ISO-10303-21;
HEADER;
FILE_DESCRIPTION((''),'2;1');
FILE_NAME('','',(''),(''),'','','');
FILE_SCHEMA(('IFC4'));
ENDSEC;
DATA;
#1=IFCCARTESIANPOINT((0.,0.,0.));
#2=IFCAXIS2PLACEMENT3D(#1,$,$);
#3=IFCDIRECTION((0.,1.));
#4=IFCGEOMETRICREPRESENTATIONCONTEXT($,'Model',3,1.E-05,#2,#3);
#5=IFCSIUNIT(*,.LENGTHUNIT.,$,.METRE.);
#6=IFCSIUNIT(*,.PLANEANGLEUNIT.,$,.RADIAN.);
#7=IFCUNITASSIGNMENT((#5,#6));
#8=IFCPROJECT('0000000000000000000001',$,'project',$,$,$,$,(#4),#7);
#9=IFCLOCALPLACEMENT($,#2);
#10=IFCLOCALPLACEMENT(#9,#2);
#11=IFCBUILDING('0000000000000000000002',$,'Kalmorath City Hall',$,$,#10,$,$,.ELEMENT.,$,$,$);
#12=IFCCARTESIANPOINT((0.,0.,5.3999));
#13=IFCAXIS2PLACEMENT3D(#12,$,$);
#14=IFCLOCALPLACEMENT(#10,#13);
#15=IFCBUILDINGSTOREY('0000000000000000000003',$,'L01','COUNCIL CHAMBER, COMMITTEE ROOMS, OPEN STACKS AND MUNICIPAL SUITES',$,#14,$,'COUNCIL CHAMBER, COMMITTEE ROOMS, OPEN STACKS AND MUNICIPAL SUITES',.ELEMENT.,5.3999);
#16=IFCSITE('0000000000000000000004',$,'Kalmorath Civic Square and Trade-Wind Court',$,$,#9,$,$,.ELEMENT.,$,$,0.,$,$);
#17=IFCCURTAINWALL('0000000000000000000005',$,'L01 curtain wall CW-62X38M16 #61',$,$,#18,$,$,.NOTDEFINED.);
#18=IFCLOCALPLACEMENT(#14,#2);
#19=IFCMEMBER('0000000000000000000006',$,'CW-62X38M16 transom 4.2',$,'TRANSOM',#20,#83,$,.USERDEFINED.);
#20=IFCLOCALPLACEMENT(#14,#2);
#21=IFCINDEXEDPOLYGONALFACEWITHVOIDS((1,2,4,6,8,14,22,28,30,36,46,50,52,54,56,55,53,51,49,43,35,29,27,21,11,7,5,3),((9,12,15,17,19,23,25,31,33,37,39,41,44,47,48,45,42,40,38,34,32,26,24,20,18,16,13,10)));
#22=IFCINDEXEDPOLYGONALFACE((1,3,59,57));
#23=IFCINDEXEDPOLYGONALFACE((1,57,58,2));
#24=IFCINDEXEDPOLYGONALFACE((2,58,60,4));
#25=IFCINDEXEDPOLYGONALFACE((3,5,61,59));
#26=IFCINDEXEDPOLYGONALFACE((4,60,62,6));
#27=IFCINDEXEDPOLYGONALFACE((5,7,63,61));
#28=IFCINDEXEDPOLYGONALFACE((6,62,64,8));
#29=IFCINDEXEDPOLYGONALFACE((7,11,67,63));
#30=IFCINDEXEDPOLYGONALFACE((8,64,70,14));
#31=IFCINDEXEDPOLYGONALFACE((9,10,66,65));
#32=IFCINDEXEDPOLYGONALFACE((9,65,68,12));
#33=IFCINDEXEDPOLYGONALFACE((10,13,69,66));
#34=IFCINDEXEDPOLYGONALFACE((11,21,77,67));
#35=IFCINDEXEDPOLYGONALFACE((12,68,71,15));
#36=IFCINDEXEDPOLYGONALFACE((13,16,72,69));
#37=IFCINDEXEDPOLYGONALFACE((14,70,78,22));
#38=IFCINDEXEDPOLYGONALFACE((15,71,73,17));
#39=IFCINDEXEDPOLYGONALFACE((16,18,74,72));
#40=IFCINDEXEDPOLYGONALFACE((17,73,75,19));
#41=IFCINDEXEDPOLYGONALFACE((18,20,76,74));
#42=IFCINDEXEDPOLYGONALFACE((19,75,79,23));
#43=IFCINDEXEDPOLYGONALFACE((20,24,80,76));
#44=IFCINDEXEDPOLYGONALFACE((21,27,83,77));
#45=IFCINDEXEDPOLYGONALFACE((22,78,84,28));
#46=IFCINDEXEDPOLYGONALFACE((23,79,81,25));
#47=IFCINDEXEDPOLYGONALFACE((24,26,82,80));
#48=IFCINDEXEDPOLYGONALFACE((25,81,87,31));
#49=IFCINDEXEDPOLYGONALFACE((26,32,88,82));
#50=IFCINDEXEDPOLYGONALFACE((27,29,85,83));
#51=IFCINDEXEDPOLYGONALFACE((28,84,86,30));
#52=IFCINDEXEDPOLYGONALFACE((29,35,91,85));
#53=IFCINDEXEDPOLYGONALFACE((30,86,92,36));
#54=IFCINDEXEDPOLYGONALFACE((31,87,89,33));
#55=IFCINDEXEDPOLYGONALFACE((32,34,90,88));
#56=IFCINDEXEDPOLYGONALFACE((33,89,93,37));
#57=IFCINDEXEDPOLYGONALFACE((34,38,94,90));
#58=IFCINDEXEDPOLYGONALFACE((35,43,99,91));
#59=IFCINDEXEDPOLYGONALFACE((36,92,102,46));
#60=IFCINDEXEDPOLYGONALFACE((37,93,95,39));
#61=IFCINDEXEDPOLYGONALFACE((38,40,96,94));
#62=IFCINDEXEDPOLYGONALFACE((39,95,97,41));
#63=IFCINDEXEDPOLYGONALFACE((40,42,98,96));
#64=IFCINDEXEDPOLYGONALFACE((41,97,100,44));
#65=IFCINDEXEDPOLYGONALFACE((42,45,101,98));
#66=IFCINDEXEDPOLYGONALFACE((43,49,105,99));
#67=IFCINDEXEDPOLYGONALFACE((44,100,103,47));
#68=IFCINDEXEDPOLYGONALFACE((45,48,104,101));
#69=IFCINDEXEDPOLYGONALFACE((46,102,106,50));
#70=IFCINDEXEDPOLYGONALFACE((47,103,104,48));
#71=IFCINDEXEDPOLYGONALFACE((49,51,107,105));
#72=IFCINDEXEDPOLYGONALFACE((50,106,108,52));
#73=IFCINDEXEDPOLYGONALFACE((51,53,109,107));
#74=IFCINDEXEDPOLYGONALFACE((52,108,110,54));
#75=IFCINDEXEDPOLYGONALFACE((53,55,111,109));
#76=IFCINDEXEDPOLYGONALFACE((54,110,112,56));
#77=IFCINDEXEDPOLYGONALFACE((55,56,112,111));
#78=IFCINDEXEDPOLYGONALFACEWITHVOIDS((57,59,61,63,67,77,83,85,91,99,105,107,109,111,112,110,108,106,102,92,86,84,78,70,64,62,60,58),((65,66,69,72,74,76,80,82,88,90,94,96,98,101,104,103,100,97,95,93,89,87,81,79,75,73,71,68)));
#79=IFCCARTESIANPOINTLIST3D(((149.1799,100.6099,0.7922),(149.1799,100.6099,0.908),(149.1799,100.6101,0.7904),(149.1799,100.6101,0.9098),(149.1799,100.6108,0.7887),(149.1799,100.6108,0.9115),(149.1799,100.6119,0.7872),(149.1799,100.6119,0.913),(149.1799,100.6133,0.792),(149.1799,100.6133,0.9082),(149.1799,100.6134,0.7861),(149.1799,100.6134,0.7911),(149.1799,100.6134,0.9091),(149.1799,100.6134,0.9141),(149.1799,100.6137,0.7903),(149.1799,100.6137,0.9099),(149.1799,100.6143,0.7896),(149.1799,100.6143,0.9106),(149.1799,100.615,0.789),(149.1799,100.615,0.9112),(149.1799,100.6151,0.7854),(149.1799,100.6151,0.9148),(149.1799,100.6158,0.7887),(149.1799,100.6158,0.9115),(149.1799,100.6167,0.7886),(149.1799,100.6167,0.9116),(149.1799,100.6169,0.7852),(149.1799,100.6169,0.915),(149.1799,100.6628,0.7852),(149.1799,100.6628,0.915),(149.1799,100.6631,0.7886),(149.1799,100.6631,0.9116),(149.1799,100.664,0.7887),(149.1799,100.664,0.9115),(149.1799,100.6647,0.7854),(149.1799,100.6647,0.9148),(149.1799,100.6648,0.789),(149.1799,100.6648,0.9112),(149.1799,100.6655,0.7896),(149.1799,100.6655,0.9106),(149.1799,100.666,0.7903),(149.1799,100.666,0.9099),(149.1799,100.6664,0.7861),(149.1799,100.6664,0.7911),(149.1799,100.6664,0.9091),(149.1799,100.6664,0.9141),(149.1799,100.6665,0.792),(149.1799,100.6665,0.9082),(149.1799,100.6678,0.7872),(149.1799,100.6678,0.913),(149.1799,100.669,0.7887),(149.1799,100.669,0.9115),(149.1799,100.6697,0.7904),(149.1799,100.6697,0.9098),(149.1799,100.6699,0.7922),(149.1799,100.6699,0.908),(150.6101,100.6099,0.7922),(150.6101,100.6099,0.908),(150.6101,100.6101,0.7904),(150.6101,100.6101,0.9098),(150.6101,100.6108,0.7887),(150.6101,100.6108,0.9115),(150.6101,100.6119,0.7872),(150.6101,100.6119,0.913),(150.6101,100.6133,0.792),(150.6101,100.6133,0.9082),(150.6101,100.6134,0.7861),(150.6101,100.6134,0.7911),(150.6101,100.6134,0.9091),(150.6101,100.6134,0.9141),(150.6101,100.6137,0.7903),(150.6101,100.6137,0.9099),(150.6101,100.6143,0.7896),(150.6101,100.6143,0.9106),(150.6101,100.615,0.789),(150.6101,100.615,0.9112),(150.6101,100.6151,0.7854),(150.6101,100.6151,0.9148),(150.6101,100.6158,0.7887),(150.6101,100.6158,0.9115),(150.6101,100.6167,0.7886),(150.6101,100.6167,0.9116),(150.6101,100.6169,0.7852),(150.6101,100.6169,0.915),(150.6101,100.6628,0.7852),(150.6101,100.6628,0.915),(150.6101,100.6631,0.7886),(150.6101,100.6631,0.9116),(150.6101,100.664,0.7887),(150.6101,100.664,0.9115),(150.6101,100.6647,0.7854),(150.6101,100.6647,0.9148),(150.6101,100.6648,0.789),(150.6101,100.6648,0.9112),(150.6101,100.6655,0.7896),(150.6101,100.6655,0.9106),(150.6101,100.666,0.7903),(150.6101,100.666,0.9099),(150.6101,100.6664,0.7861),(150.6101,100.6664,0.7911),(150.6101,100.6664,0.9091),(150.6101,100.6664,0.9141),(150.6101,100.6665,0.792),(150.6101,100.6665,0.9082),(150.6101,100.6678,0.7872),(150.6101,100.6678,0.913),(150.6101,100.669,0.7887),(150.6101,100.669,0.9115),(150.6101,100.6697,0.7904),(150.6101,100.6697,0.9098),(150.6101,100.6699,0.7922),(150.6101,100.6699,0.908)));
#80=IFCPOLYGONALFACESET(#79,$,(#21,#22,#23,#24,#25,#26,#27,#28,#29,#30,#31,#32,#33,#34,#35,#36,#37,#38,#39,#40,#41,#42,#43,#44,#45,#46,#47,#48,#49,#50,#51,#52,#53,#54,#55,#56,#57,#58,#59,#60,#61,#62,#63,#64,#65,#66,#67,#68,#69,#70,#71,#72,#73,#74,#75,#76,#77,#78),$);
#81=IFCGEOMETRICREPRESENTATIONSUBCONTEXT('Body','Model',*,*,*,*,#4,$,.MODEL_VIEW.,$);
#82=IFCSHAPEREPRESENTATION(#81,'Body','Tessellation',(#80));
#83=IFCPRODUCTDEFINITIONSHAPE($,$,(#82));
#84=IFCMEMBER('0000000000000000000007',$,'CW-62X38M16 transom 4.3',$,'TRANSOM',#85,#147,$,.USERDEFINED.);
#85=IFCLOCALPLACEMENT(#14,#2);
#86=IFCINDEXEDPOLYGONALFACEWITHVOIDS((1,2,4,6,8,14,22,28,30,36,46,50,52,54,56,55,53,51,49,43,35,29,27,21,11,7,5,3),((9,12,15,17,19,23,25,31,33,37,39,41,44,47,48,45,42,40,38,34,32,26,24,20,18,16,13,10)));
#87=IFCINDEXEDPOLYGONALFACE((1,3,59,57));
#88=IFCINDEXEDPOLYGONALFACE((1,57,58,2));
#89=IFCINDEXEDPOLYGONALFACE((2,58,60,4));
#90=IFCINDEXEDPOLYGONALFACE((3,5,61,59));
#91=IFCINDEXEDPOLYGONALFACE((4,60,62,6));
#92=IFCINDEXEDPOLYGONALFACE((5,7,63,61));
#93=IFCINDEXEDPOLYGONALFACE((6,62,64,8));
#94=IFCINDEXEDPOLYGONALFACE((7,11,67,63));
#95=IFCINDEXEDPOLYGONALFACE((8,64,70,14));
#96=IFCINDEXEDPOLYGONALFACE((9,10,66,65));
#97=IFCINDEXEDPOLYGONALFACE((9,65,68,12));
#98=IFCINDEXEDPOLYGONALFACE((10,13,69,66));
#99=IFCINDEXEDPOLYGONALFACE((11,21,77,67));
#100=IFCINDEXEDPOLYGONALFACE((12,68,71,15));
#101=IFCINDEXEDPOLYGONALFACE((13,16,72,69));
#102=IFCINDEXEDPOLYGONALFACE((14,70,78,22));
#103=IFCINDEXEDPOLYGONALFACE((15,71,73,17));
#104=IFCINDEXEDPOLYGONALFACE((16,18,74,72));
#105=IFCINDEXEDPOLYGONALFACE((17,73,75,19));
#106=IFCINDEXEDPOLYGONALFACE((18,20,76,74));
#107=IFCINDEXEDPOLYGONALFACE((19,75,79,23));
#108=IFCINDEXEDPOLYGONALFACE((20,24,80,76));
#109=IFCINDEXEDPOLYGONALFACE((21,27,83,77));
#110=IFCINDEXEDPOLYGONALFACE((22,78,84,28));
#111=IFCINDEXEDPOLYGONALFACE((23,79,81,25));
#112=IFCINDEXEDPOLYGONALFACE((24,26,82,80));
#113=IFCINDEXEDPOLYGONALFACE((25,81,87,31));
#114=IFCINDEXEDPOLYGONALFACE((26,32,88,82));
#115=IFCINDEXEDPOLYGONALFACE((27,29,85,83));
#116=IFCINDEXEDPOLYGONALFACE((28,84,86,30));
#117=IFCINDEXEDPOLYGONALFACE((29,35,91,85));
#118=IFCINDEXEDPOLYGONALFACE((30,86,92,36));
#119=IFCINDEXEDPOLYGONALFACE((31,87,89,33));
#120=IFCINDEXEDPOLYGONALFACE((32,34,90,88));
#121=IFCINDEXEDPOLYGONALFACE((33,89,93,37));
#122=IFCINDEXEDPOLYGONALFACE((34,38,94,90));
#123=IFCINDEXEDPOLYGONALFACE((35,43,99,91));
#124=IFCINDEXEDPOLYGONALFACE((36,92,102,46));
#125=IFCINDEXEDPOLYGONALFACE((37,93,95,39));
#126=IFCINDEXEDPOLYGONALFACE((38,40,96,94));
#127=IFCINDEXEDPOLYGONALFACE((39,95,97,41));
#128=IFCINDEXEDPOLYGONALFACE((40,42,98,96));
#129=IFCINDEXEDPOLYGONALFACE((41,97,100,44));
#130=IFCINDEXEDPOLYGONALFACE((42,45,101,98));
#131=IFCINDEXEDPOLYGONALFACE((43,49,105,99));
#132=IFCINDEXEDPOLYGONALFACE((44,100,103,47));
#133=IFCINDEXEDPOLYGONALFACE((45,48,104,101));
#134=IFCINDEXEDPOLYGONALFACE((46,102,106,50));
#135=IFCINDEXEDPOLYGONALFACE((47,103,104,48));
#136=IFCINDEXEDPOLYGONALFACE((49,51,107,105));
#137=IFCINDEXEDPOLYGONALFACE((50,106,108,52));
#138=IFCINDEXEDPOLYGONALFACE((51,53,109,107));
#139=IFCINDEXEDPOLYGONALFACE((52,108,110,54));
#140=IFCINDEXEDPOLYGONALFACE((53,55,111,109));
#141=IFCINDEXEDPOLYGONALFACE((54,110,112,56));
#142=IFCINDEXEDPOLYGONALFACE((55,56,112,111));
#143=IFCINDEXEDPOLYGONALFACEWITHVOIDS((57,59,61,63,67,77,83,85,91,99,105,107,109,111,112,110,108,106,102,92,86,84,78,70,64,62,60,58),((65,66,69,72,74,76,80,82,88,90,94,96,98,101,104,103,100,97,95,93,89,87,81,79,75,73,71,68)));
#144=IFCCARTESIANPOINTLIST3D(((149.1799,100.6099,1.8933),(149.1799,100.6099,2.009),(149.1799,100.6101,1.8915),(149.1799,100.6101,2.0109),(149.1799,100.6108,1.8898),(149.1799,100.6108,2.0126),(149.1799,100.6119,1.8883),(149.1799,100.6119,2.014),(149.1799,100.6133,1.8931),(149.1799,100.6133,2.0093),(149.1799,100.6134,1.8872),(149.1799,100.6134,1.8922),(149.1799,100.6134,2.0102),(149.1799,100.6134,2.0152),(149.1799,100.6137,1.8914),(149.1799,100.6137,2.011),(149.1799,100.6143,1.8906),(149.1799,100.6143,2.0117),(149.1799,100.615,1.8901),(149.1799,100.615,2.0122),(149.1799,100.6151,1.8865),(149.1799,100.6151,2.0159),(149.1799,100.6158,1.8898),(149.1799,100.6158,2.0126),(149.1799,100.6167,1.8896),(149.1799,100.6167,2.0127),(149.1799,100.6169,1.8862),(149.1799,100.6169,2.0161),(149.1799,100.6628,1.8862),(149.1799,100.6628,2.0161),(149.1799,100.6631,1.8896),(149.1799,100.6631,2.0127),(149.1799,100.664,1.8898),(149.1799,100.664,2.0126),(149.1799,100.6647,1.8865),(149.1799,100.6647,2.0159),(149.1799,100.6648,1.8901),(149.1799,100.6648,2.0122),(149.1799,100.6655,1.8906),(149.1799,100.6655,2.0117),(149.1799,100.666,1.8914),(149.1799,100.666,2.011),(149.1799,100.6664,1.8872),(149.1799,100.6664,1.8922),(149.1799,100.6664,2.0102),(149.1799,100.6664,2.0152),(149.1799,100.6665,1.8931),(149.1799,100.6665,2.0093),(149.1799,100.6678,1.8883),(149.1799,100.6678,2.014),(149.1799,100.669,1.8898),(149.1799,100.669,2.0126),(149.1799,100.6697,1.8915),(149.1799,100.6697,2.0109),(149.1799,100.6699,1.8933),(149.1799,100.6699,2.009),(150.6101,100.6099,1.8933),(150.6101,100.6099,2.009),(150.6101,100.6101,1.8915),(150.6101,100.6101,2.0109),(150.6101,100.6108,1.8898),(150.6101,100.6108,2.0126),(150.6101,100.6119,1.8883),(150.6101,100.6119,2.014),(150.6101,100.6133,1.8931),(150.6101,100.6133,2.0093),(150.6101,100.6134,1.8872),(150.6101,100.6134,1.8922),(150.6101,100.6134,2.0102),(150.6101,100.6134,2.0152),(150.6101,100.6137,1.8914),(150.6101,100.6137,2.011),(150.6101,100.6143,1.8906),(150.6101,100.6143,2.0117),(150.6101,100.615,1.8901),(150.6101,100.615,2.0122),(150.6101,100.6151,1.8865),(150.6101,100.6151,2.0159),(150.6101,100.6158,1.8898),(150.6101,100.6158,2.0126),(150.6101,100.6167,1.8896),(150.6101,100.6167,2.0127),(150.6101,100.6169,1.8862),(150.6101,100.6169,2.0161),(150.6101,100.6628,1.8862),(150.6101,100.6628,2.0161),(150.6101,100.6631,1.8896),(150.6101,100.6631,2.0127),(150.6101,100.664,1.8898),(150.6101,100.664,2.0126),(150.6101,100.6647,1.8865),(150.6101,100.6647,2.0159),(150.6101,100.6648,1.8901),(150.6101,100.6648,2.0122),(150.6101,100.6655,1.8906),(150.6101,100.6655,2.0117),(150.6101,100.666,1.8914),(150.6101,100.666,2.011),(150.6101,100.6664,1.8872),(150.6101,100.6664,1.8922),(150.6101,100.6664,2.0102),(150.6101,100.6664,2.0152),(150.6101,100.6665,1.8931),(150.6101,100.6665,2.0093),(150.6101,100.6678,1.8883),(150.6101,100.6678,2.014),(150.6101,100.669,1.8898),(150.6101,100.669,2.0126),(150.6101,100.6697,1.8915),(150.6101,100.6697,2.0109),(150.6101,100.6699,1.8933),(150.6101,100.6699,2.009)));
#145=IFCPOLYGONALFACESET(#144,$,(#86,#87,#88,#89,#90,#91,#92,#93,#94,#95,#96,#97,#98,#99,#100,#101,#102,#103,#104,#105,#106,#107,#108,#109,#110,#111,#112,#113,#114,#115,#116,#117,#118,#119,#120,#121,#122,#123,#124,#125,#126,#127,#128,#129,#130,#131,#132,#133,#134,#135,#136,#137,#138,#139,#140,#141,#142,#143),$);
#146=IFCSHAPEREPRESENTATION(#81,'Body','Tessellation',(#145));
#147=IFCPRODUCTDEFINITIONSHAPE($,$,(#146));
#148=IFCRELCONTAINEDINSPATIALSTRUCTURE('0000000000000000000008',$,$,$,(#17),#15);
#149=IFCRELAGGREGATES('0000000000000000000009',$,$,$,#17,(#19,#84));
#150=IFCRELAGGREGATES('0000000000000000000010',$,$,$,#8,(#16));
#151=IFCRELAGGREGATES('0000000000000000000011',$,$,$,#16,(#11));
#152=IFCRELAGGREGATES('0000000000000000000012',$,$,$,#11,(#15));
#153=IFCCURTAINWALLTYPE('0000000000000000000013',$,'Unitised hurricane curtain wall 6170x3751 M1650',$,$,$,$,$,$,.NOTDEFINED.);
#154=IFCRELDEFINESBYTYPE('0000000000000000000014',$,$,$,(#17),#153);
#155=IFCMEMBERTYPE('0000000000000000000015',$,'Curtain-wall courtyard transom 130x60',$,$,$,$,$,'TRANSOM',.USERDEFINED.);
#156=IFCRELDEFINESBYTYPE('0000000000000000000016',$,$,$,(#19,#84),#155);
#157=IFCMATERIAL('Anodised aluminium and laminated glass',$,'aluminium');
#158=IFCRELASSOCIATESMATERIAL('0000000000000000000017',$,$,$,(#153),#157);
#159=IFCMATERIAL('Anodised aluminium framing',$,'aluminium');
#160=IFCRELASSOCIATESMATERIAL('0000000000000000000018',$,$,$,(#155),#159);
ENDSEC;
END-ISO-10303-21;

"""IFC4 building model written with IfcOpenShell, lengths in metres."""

from ifc_helpers import new_model, si_unit, direction, frame, origin, origin_2d, place, context, subcontext, project, spatial, hollow_rectangle, extrude, material, material_profile, profile_set, type_object, element, aggregate, save


model = new_model("IFC4")

# Units and contexts
model_context = context("Model", 3, precision=1e-05, world=origin(), true_north=direction((0.0, 1.0)))
body_context = subcontext(model_context, "Body", "Model", "MODEL_VIEW")
ifc_project = project(units=[si_unit("LENGTHUNIT", "METRE"), si_unit("PLANEANGLEUNIT", "RADIAN")], contexts=[model_context])

# Site, building, storey
site_placement = place(None, origin())
site = spatial("IfcSite", under=ifc_project, at=site_placement, Name="Kalmorath Civic Square and Trade-Wind Court", CompositionType="ELEMENT", RefElevation=0.0)
building_placement = place(site_placement, origin())
building = spatial("IfcBuilding", under=site, at=building_placement, Name="Kalmorath City Hall", CompositionType="ELEMENT")
storey_placement = place(building_placement, frame((0.0, 0.0, 5.3999)))
storey = spatial("IfcBuildingStorey", under=building, at=storey_placement, Name="L01", Description="COUNCIL CHAMBER, COMMITTEE ROOMS, OPEN STACKS AND MUNICIPAL SUITES", LongName="COUNCIL CHAMBER, COMMITTEE ROOMS, OPEN STACKS AND MUNICIPAL SUITES", CompositionType="ELEMENT", Elevation=5.3999)

# Curtain wall, members
ifc_material_1 = material(Name="Anodised aluminium and laminated glass", Category="aluminium")
curtain_wall_type = type_object("IfcCurtainWallType", Name="Unitised hurricane curtain wall 6170x3751 M1650", PredefinedType="NOTDEFINED", material=ifc_material_1)
curtain_wall_placement = place(storey_placement, origin())
curtain_wall = element("IfcCurtainWall", 1, at=curtain_wall_placement, inside=storey, type_object=curtain_wall_type, Name="L01 curtain wall CW-62X38M16 #61", PredefinedType="NOTDEFINED")
ifc_material_2 = material(Name="Anodised aluminium framing", Category="aluminium")
ifc_material_profile_1 = material_profile(ifc_material_2, hollow_rectangle(XDim=0.0601, YDim=0.1299, WallThickness=0.0034, InnerFilletRadius=0.0034, OuterFilletRadius=0.0071, at=origin_2d()), Name="ALU-TRN-130X60X3.5")
ifc_profile_set_1 = profile_set([ifc_material_profile_1], Name="Anodised aluminium framing")
member_type_1 = type_object("IfcMemberType", Name="Curtain-wall courtyard transom 130x60", ElementType="TRANSOM", PredefinedType="USERDEFINED", material=ifc_profile_set_1)
member_1_placement = place(storey_placement, frame((149.1799, 100.6399, 0.8501), z_axis=(1.0, 0.0, 0.0), x_axis=(0.0, 1.0, 0.0)))
member_1 = element("IfcMember", 2, at=member_1_placement, type_object=member_type_1, Name="CW-62X38M16 transom 4.2", ObjectType="TRANSOM", PredefinedType="USERDEFINED", context=body_context, shape_type="SweptSolid", body=[
    extrude(hollow_rectangle(XDim=0.0601, YDim=0.1299, WallThickness=0.0034, InnerFilletRadius=0.0034, OuterFilletRadius=0.0071, at=origin_2d()), origin(), (0.0, 0.0, 1.0), 1.4302),
])
member_2_placement = place(storey_placement, frame((149.1799, 100.6399, 1.9512), z_axis=(1.0, 0.0, 0.0), x_axis=(0.0, 1.0, 0.0)))
member_2 = element("IfcMember", 3, at=member_2_placement, type_object=member_type_1, Name="CW-62X38M16 transom 4.3", ObjectType="TRANSOM", PredefinedType="USERDEFINED", context=body_context, shape_type="SweptSolid", body=[
    extrude(hollow_rectangle(XDim=0.0601, YDim=0.1299, WallThickness=0.0034, InnerFilletRadius=0.0034, OuterFilletRadius=0.0071, at=origin_2d()), origin(), (0.0, 0.0, 1.0), 1.4302),
])
aggregate(curtain_wall, [member_1, member_2])

save(model, "model.ifc")
